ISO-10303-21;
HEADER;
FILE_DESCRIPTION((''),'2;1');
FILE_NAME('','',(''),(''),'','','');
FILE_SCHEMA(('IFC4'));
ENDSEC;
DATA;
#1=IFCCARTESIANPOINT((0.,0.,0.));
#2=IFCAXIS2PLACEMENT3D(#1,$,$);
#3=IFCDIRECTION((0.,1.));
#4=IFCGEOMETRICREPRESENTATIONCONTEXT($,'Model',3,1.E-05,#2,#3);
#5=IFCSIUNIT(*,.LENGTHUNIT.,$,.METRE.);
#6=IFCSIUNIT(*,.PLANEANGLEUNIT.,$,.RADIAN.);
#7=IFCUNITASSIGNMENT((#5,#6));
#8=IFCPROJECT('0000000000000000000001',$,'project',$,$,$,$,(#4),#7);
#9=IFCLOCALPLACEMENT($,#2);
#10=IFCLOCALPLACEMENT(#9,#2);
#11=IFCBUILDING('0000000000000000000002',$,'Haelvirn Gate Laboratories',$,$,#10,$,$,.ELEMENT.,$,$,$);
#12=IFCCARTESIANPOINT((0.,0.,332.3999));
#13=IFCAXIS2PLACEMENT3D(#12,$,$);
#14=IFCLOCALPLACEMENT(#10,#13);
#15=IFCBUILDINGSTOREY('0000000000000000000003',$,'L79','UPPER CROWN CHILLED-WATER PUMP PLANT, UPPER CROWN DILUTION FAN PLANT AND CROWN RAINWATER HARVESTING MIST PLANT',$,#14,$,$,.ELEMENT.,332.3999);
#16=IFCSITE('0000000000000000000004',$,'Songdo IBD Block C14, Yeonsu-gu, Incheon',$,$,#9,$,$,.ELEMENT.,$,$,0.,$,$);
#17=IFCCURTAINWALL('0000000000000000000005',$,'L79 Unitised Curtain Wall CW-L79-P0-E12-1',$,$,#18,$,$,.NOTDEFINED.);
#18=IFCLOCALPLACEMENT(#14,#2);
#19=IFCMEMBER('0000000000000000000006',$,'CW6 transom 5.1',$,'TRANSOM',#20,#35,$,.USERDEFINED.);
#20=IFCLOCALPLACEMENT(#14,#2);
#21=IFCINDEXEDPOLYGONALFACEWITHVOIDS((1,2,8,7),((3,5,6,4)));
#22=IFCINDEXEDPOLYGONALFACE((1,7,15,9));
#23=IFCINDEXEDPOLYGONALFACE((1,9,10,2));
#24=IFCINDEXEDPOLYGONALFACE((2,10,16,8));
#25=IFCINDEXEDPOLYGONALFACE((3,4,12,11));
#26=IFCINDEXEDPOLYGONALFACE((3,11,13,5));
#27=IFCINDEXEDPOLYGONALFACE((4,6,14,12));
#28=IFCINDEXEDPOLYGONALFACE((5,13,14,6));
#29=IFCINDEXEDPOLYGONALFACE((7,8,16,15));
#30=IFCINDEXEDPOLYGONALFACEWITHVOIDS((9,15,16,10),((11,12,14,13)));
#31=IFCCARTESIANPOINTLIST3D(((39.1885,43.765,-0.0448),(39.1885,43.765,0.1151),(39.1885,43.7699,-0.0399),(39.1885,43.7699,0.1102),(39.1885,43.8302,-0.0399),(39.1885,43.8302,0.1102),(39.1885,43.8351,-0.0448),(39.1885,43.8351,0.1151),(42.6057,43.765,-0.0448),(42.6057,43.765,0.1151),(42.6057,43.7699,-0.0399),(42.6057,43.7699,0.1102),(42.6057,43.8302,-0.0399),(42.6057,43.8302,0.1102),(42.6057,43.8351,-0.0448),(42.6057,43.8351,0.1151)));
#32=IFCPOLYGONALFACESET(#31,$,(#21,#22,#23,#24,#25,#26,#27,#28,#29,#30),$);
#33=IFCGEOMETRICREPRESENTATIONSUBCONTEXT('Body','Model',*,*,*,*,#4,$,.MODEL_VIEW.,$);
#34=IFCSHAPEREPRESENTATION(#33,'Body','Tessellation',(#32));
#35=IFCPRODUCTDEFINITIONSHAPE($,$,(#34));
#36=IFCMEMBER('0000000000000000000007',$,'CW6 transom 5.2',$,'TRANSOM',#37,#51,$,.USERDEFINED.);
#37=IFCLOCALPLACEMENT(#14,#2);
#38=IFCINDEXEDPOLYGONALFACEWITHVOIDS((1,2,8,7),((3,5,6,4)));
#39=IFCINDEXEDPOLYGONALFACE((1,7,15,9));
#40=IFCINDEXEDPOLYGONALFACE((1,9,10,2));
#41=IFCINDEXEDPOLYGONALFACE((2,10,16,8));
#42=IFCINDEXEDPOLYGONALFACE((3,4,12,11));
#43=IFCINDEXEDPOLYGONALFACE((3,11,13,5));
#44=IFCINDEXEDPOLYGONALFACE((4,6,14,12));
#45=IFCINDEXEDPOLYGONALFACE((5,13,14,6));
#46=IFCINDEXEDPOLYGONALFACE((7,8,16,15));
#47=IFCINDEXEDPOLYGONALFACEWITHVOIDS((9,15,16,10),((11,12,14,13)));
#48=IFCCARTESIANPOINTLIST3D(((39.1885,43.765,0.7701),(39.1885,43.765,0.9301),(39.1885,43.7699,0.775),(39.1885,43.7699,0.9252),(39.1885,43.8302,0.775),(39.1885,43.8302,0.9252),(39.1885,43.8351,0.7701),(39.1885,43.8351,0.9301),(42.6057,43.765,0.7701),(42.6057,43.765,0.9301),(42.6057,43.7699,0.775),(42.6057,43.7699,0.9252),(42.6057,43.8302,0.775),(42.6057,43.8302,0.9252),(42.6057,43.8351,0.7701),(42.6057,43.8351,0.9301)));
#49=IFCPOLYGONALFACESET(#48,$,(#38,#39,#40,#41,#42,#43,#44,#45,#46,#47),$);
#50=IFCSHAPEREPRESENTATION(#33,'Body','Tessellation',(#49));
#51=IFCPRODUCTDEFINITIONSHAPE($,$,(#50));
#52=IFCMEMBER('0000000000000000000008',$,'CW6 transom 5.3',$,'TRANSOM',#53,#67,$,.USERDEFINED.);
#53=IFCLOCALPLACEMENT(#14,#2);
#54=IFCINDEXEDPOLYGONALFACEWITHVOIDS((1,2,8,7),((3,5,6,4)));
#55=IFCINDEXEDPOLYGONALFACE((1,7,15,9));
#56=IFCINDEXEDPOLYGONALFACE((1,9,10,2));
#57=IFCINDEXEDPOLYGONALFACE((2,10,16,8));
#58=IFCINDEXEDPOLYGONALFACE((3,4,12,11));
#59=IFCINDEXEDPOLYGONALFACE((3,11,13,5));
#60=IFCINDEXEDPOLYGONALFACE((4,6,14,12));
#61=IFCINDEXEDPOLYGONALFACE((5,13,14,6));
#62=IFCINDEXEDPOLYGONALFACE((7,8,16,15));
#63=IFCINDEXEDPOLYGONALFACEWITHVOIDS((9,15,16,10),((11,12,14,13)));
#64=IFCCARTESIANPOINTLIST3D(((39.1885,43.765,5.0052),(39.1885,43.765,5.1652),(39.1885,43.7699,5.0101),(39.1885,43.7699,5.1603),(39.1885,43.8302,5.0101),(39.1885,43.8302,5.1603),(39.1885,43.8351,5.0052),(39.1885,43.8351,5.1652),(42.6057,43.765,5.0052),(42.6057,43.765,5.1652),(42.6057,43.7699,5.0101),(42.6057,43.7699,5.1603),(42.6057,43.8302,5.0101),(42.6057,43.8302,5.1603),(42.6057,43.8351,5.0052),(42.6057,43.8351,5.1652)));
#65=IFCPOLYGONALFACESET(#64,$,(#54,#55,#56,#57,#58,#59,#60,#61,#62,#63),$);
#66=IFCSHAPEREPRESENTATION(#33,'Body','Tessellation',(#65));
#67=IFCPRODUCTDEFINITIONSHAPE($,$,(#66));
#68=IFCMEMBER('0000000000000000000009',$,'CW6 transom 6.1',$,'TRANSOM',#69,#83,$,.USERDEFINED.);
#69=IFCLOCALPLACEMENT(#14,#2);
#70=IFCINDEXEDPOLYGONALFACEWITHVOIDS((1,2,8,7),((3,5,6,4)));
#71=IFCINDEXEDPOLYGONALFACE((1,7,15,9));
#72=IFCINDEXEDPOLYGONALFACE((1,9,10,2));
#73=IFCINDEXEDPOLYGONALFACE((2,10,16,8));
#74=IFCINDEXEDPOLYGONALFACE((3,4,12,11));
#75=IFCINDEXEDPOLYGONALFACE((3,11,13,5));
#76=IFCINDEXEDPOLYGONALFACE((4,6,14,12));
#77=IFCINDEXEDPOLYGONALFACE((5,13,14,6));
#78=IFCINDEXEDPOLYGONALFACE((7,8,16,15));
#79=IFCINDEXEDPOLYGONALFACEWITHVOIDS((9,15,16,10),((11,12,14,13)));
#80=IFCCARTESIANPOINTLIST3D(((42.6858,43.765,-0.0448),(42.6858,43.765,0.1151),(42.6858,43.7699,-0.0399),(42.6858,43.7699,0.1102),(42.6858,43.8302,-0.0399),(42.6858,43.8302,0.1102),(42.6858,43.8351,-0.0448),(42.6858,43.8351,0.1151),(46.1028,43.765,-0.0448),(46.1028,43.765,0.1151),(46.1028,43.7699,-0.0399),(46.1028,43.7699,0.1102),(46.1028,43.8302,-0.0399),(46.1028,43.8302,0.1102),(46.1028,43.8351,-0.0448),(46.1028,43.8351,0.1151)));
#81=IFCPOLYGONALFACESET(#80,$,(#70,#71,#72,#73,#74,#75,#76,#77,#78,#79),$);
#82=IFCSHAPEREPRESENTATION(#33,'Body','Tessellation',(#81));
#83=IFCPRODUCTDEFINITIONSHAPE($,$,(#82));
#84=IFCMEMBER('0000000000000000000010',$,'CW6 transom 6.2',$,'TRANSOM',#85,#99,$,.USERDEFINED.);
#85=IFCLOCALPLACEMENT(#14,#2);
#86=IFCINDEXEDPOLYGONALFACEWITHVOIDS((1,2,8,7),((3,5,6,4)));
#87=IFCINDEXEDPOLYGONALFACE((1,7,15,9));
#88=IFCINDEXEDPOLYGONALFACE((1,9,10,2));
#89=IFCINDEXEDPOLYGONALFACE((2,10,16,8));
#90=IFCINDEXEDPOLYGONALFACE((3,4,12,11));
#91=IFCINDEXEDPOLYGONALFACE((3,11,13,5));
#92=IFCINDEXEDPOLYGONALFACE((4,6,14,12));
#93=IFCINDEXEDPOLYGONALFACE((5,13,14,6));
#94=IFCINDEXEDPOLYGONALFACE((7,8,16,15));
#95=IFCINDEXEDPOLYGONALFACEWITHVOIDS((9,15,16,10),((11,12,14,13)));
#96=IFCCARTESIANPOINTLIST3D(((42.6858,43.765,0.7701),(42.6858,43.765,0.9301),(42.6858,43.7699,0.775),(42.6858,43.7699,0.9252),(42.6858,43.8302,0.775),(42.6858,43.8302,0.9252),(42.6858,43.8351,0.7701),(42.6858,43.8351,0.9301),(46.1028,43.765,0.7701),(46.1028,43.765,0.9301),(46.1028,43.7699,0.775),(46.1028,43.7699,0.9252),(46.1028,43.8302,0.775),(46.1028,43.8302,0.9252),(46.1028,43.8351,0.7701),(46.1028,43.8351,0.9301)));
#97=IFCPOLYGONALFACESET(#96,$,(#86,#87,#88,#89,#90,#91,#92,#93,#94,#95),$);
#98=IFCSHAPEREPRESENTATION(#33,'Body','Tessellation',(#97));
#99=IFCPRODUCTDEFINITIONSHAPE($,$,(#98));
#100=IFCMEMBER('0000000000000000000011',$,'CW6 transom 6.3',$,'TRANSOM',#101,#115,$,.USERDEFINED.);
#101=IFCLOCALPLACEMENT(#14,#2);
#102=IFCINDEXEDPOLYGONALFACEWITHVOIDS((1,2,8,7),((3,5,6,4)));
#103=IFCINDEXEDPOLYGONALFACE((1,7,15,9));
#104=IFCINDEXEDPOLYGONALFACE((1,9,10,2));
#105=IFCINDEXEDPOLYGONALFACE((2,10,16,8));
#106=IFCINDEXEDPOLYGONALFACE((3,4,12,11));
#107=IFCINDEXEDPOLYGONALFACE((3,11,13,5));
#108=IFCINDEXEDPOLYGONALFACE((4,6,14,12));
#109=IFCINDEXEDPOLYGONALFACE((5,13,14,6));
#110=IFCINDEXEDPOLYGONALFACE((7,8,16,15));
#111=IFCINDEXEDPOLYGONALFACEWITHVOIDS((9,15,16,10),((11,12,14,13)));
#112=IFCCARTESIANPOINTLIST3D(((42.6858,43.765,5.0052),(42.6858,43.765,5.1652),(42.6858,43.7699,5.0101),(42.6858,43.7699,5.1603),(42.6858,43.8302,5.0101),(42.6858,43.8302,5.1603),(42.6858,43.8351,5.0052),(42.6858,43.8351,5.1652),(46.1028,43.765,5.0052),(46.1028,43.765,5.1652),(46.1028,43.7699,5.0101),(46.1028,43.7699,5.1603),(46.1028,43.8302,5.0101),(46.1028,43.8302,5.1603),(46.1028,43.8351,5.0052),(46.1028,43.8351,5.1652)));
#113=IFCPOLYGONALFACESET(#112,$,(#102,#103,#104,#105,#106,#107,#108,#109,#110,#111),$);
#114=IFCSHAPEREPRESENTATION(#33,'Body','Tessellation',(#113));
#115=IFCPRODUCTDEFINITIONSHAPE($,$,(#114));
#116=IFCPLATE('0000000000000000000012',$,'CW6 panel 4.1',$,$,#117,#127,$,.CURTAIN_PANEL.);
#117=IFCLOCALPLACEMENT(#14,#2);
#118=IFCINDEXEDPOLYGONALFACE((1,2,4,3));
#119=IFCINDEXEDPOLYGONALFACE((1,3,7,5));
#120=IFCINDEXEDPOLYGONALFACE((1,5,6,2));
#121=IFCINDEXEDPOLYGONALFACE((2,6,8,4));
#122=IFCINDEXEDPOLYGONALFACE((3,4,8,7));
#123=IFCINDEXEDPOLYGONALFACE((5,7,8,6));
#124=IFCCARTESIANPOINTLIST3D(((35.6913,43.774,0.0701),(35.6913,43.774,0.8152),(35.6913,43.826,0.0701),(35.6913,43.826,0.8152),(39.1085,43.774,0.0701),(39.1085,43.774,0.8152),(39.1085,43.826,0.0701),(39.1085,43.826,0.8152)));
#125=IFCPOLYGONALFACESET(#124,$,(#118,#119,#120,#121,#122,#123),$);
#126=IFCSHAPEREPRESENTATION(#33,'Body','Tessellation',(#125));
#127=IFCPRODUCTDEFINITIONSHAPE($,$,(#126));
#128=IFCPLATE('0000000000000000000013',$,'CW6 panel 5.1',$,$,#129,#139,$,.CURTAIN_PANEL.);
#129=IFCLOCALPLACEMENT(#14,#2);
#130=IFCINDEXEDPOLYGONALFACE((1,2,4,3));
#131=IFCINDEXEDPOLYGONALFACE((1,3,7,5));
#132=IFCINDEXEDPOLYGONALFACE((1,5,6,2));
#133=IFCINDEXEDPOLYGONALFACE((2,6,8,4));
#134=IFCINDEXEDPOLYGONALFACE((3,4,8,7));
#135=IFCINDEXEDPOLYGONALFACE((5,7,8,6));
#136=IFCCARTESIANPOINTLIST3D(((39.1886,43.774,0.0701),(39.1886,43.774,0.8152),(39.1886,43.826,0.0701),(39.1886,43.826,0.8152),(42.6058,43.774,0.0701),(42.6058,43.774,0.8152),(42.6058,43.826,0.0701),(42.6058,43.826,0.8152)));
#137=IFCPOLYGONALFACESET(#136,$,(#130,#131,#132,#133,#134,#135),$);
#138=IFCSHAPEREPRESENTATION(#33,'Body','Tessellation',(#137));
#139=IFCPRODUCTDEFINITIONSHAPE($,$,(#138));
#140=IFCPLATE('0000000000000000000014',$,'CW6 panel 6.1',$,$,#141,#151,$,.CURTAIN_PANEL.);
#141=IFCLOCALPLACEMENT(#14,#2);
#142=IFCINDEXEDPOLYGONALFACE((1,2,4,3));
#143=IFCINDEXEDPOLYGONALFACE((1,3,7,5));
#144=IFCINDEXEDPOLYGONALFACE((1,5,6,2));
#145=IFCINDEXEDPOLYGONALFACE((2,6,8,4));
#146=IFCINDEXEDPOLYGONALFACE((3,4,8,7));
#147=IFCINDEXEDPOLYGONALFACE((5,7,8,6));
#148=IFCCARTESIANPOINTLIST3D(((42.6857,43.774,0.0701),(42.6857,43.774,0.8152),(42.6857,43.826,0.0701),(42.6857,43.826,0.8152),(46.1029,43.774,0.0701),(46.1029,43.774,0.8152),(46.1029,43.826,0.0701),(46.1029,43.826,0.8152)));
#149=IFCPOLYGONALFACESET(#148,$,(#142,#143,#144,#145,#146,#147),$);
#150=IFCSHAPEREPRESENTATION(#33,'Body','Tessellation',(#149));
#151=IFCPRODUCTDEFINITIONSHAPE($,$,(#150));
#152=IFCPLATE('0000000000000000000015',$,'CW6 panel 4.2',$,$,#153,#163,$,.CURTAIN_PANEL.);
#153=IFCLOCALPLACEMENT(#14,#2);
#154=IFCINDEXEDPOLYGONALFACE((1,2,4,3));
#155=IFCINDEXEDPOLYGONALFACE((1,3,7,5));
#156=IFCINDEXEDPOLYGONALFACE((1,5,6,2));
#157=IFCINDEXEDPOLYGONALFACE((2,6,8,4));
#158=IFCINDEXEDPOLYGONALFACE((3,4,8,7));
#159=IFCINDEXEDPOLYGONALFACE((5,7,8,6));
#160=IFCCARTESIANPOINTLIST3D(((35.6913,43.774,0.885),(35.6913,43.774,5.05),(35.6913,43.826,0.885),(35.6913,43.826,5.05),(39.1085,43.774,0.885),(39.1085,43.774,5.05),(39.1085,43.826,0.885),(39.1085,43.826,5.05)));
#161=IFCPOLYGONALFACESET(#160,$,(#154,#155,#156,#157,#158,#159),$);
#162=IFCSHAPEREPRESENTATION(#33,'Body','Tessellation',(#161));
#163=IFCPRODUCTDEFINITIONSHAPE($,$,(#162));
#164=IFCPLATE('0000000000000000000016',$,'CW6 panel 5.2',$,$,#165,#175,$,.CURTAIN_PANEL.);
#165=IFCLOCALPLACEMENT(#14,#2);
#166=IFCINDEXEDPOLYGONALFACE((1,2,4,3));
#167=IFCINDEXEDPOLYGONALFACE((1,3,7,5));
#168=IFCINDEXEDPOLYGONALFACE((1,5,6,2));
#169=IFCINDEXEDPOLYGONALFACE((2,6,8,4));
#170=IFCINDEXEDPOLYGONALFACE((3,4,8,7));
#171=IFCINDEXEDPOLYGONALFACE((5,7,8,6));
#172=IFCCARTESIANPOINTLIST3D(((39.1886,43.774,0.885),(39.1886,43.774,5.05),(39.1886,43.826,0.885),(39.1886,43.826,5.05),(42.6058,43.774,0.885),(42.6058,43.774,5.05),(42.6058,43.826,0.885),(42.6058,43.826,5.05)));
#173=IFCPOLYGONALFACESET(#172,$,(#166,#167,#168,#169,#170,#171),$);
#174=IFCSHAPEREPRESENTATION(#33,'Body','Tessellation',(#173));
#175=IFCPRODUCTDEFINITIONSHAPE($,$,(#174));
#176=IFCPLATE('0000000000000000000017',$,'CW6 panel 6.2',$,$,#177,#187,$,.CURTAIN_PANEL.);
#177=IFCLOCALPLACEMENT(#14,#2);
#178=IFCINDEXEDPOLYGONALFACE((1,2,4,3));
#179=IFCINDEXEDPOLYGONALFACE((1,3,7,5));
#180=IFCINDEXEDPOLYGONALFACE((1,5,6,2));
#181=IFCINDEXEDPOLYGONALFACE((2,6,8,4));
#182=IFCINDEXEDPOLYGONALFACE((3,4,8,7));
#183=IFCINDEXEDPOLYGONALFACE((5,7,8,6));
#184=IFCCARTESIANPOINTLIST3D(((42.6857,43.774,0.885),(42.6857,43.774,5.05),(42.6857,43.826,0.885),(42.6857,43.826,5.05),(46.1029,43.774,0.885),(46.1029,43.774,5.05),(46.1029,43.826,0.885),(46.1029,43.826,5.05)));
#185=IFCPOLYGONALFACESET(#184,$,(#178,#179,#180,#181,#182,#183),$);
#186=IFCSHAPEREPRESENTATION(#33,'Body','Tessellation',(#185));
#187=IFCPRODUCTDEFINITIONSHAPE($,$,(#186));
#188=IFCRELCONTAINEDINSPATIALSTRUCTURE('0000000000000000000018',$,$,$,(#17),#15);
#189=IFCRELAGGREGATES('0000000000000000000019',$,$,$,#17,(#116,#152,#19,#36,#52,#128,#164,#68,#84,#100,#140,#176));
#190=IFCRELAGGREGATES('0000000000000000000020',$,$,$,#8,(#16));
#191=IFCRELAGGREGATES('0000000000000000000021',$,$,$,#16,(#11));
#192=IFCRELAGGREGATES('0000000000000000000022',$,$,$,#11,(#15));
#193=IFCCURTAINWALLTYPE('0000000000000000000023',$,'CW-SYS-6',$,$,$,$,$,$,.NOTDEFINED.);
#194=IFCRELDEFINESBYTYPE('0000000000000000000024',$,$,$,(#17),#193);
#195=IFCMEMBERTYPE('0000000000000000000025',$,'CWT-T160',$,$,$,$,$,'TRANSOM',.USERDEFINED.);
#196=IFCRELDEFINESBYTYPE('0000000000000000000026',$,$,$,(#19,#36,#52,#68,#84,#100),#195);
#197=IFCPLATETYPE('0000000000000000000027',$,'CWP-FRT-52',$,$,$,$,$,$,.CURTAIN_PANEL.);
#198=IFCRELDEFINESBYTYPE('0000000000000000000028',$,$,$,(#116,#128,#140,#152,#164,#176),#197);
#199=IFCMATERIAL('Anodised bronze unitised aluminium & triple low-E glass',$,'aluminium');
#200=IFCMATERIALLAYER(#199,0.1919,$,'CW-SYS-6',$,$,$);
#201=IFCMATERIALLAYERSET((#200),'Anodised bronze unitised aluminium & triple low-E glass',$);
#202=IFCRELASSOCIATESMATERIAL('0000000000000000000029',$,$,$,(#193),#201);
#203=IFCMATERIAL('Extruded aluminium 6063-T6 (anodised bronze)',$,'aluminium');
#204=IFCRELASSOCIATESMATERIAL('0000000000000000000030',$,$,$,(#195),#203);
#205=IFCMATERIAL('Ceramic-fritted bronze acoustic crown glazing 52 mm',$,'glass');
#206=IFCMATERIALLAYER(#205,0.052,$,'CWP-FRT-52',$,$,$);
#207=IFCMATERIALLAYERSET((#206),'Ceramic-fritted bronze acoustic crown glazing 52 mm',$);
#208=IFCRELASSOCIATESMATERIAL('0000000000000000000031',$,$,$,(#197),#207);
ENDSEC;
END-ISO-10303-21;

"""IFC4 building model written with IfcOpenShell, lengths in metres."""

from ifc_helpers import new_model, si_unit, direction, frame, origin, origin_2d, place, context, subcontext, project, spatial, rectangle, hollow_rectangle, extrude, source, transform, mapped, material, layer, layer_set, material_profile, profile_set, type_object, type_shapes, element, aggregate, save


model = new_model("IFC4")

# Units and contexts
model_context = context("Model", 3, precision=1e-05, world=origin(), true_north=direction((0.0, 1.0)))
body_context = subcontext(model_context, "Body", "Model", "MODEL_VIEW")
ifc_project = project(units=[si_unit("LENGTHUNIT", "METRE"), si_unit("PLANEANGLEUNIT", "RADIAN")], contexts=[model_context])

# Site, building, storey
site_placement = place(None, origin())
site = spatial("IfcSite", under=ifc_project, at=site_placement, Name="Songdo IBD Block C14, Yeonsu-gu, Incheon", CompositionType="ELEMENT", RefElevation=0.0)
building_placement = place(site_placement, origin())
building = spatial("IfcBuilding", under=site, at=building_placement, Name="Haelvirn Gate Laboratories", CompositionType="ELEMENT")
storey_placement = place(building_placement, frame((0.0, 0.0, 332.3999)))
storey = spatial("IfcBuildingStorey", under=building, at=storey_placement, Name="L79", Description="UPPER CROWN CHILLED-WATER PUMP PLANT, UPPER CROWN DILUTION FAN PLANT AND CROWN RAINWATER HARVESTING MIST PLANT", CompositionType="ELEMENT", Elevation=332.3999)

# Curtain wall, members, plates
ifc_material_1 = material(Name="Anodised bronze unitised aluminium & triple low-E glass", Category="aluminium")
ifc_layer_1 = layer(ifc_material_1, 0.1919, Name="CW-SYS-6")
ifc_layer_set_1 = layer_set([ifc_layer_1], Name="Anodised bronze unitised aluminium & triple low-E glass")
curtain_wall_type = type_object("IfcCurtainWallType", Name="CW-SYS-6", PredefinedType="NOTDEFINED", material=ifc_layer_set_1)
curtain_wall_placement = place(storey_placement, origin())
curtain_wall = element("IfcCurtainWall", 1, at=curtain_wall_placement, inside=storey, type_object=curtain_wall_type, Name="L79 Unitised Curtain Wall CW-L79-P0-E12-1", PredefinedType="NOTDEFINED")
ifc_material_2 = material(Name="Extruded aluminium 6063-T6 (anodised bronze)", Category="aluminium")
ifc_material_profile_1 = material_profile(ifc_material_2, hollow_rectangle(XDim=0.0701, YDim=0.1599, WallThickness=0.0049, at=origin_2d()), Name="CWT-160x70x5")
ifc_profile_set_1 = profile_set([ifc_material_profile_1], Name="Extruded aluminium 6063-T6 (anodised bronze)")
member_type_1 = type_object("IfcMemberType", Name="CWT-T160", ElementType="TRANSOM", PredefinedType="USERDEFINED", material=ifc_profile_set_1)
shared_shape_1 = source(origin(), body_context, "Body", "SweptSolid", [
    extrude(hollow_rectangle(XDim=0.0701, YDim=0.1599, WallThickness=0.0049, at=origin_2d()), origin(), (0.0, 0.0, 1.0), 3.4172),
])
member_1_placement = place(storey_placement, frame((39.1885, 43.8, 0.0352), z_axis=(1.0, 0.0, 0.0), x_axis=(0.0, 1.0, 0.0)))
member_1 = element("IfcMember", 2, at=member_1_placement, type_object=member_type_1, Name="CW6 transom 5.1", ObjectType="TRANSOM", PredefinedType="USERDEFINED", context=body_context, shape_type="MappedRepresentation", body=[
    mapped(shared_shape_1, transform((0.0, 0.0, 0.0), scale=1.0)),
])
member_2_placement = place(storey_placement, frame((39.1885, 43.8, 0.8501), z_axis=(1.0, 0.0, 0.0), x_axis=(0.0, 1.0, 0.0)))
member_2 = element("IfcMember", 3, at=member_2_placement, type_object=member_type_1, Name="CW6 transom 5.2", ObjectType="TRANSOM", PredefinedType="USERDEFINED", context=body_context, shape_type="MappedRepresentation", body=[
    mapped(shared_shape_1, transform((0.0, 0.0, 0.0), scale=1.0)),
])
member_3_placement = place(storey_placement, frame((39.1885, 43.8, 5.0852), z_axis=(1.0, 0.0, 0.0), x_axis=(0.0, 1.0, 0.0)))
member_3 = element("IfcMember", 4, at=member_3_placement, type_object=member_type_1, Name="CW6 transom 5.3", ObjectType="TRANSOM", PredefinedType="USERDEFINED", context=body_context, shape_type="MappedRepresentation", body=[
    mapped(shared_shape_1, transform((0.0, 0.0, 0.0), scale=1.0)),
])
shared_shape_2 = source(origin(), body_context, "Body", "SweptSolid", [
    extrude(hollow_rectangle(XDim=0.0701, YDim=0.1599, WallThickness=0.0049, at=origin_2d()), origin(), (0.0, 0.0, 1.0), 3.417),
])
member_4_placement = place(storey_placement, frame((42.6858, 43.8, 0.0352), z_axis=(1.0, 0.0, 0.0), x_axis=(0.0, 1.0, 0.0)))
member_4 = element("IfcMember", 5, at=member_4_placement, type_object=member_type_1, Name="CW6 transom 6.1", ObjectType="TRANSOM", PredefinedType="USERDEFINED", context=body_context, shape_type="MappedRepresentation", body=[
    mapped(shared_shape_2, transform((0.0, 0.0, 0.0), scale=1.0)),
])
member_5_placement = place(storey_placement, frame((42.6858, 43.8, 0.8501), z_axis=(1.0, 0.0, 0.0), x_axis=(0.0, 1.0, 0.0)))
member_5 = element("IfcMember", 6, at=member_5_placement, type_object=member_type_1, Name="CW6 transom 6.2", ObjectType="TRANSOM", PredefinedType="USERDEFINED", context=body_context, shape_type="MappedRepresentation", body=[
    mapped(shared_shape_2, transform((0.0, 0.0, 0.0), scale=1.0)),
])
member_6_placement = place(storey_placement, frame((42.6858, 43.8, 5.0852), z_axis=(1.0, 0.0, 0.0), x_axis=(0.0, 1.0, 0.0)))
member_6 = element("IfcMember", 7, at=member_6_placement, type_object=member_type_1, Name="CW6 transom 6.3", ObjectType="TRANSOM", PredefinedType="USERDEFINED", context=body_context, shape_type="MappedRepresentation", body=[
    mapped(shared_shape_2, transform((0.0, 0.0, 0.0), scale=1.0)),
])
ifc_material_3 = material(Name="Ceramic-fritted bronze acoustic crown glazing 52 mm", Category="glass")
ifc_layer_2 = layer(ifc_material_3, 0.052, Name="CWP-FRT-52")
ifc_layer_set_2 = layer_set([ifc_layer_2], Name="Ceramic-fritted bronze acoustic crown glazing 52 mm")
plate_type = type_object("IfcPlateType", Name="CWP-FRT-52", PredefinedType="CURTAIN_PANEL", material=ifc_layer_set_2)
shared_shape_3 = source(origin(), body_context, "Body", "SweptSolid", [
    extrude(rectangle(XDim=3.4172, YDim=0.052, at=origin_2d()), origin(), (0.0, 0.0, 1.0), 0.7451),
])
plate_1_placement = place(storey_placement, frame((37.3999, 43.8, 0.0701), z_axis=(0.0, 0.0, 1.0), x_axis=(1.0, 0.0, 0.0)))
plate_1 = element("IfcPlate", 8, at=plate_1_placement, type_object=plate_type, Name="CW6 panel 4.1", PredefinedType="CURTAIN_PANEL", context=body_context, shape_type="MappedRepresentation", body=[
    mapped(shared_shape_3, transform((0.0, 0.0, 0.0), scale=1.0)),
])
plate_2_placement = place(storey_placement, frame((40.8972, 43.8, 0.0701), z_axis=(0.0, 0.0, 1.0), x_axis=(1.0, 0.0, 0.0)))
plate_2 = element("IfcPlate", 9, at=plate_2_placement, type_object=plate_type, Name="CW6 panel 5.1", PredefinedType="CURTAIN_PANEL", context=body_context, shape_type="MappedRepresentation", body=[
    mapped(shared_shape_3, transform((0.0, 0.0, 0.0), scale=1.0)),
])
plate_3_placement = place(storey_placement, frame((44.3943, 43.8, 0.0701), z_axis=(0.0, 0.0, 1.0), x_axis=(1.0, 0.0, 0.0)))
plate_3 = element("IfcPlate", 10, at=plate_3_placement, type_object=plate_type, Name="CW6 panel 6.1", PredefinedType="CURTAIN_PANEL", context=body_context, shape_type="MappedRepresentation", body=[
    mapped(shared_shape_3, transform((0.0, 0.0, 0.0), scale=1.0)),
])
shared_shape_4 = source(origin(), body_context, "Body", "SweptSolid", [
    extrude(rectangle(XDim=3.4172, YDim=0.052, at=origin_2d()), origin(), (0.0, 0.0, 1.0), 4.165),
])
type_shapes(plate_type, [shared_shape_3, shared_shape_4])
plate_4_placement = place(storey_placement, frame((37.3999, 43.8, 0.885), z_axis=(0.0, 0.0, 1.0), x_axis=(1.0, 0.0, 0.0)))
plate_4 = element("IfcPlate", 11, at=plate_4_placement, type_object=plate_type, Name="CW6 panel 4.2", PredefinedType="CURTAIN_PANEL", context=body_context, shape_type="MappedRepresentation", body=[
    mapped(shared_shape_4, transform((0.0, 0.0, 0.0), scale=1.0)),
])
plate_5_placement = place(storey_placement, frame((40.8972, 43.8, 0.885), z_axis=(0.0, 0.0, 1.0), x_axis=(1.0, 0.0, 0.0)))
plate_5 = element("IfcPlate", 12, at=plate_5_placement, type_object=plate_type, Name="CW6 panel 5.2", PredefinedType="CURTAIN_PANEL", context=body_context, shape_type="MappedRepresentation", body=[
    mapped(shared_shape_4, transform((0.0, 0.0, 0.0), scale=1.0)),
])
plate_6_placement = place(storey_placement, frame((44.3943, 43.8, 0.885), z_axis=(0.0, 0.0, 1.0), x_axis=(1.0, 0.0, 0.0)))
plate_6 = element("IfcPlate", 13, at=plate_6_placement, type_object=plate_type, Name="CW6 panel 6.2", PredefinedType="CURTAIN_PANEL", context=body_context, shape_type="MappedRepresentation", body=[
    mapped(shared_shape_4, transform((0.0, 0.0, 0.0), scale=1.0)),
])
aggregate(curtain_wall, [plate_1, plate_4, member_1, member_2, member_3, plate_2, plate_5, member_4, member_5, member_6, plate_3, plate_6])

save(model, "model.ifc")
